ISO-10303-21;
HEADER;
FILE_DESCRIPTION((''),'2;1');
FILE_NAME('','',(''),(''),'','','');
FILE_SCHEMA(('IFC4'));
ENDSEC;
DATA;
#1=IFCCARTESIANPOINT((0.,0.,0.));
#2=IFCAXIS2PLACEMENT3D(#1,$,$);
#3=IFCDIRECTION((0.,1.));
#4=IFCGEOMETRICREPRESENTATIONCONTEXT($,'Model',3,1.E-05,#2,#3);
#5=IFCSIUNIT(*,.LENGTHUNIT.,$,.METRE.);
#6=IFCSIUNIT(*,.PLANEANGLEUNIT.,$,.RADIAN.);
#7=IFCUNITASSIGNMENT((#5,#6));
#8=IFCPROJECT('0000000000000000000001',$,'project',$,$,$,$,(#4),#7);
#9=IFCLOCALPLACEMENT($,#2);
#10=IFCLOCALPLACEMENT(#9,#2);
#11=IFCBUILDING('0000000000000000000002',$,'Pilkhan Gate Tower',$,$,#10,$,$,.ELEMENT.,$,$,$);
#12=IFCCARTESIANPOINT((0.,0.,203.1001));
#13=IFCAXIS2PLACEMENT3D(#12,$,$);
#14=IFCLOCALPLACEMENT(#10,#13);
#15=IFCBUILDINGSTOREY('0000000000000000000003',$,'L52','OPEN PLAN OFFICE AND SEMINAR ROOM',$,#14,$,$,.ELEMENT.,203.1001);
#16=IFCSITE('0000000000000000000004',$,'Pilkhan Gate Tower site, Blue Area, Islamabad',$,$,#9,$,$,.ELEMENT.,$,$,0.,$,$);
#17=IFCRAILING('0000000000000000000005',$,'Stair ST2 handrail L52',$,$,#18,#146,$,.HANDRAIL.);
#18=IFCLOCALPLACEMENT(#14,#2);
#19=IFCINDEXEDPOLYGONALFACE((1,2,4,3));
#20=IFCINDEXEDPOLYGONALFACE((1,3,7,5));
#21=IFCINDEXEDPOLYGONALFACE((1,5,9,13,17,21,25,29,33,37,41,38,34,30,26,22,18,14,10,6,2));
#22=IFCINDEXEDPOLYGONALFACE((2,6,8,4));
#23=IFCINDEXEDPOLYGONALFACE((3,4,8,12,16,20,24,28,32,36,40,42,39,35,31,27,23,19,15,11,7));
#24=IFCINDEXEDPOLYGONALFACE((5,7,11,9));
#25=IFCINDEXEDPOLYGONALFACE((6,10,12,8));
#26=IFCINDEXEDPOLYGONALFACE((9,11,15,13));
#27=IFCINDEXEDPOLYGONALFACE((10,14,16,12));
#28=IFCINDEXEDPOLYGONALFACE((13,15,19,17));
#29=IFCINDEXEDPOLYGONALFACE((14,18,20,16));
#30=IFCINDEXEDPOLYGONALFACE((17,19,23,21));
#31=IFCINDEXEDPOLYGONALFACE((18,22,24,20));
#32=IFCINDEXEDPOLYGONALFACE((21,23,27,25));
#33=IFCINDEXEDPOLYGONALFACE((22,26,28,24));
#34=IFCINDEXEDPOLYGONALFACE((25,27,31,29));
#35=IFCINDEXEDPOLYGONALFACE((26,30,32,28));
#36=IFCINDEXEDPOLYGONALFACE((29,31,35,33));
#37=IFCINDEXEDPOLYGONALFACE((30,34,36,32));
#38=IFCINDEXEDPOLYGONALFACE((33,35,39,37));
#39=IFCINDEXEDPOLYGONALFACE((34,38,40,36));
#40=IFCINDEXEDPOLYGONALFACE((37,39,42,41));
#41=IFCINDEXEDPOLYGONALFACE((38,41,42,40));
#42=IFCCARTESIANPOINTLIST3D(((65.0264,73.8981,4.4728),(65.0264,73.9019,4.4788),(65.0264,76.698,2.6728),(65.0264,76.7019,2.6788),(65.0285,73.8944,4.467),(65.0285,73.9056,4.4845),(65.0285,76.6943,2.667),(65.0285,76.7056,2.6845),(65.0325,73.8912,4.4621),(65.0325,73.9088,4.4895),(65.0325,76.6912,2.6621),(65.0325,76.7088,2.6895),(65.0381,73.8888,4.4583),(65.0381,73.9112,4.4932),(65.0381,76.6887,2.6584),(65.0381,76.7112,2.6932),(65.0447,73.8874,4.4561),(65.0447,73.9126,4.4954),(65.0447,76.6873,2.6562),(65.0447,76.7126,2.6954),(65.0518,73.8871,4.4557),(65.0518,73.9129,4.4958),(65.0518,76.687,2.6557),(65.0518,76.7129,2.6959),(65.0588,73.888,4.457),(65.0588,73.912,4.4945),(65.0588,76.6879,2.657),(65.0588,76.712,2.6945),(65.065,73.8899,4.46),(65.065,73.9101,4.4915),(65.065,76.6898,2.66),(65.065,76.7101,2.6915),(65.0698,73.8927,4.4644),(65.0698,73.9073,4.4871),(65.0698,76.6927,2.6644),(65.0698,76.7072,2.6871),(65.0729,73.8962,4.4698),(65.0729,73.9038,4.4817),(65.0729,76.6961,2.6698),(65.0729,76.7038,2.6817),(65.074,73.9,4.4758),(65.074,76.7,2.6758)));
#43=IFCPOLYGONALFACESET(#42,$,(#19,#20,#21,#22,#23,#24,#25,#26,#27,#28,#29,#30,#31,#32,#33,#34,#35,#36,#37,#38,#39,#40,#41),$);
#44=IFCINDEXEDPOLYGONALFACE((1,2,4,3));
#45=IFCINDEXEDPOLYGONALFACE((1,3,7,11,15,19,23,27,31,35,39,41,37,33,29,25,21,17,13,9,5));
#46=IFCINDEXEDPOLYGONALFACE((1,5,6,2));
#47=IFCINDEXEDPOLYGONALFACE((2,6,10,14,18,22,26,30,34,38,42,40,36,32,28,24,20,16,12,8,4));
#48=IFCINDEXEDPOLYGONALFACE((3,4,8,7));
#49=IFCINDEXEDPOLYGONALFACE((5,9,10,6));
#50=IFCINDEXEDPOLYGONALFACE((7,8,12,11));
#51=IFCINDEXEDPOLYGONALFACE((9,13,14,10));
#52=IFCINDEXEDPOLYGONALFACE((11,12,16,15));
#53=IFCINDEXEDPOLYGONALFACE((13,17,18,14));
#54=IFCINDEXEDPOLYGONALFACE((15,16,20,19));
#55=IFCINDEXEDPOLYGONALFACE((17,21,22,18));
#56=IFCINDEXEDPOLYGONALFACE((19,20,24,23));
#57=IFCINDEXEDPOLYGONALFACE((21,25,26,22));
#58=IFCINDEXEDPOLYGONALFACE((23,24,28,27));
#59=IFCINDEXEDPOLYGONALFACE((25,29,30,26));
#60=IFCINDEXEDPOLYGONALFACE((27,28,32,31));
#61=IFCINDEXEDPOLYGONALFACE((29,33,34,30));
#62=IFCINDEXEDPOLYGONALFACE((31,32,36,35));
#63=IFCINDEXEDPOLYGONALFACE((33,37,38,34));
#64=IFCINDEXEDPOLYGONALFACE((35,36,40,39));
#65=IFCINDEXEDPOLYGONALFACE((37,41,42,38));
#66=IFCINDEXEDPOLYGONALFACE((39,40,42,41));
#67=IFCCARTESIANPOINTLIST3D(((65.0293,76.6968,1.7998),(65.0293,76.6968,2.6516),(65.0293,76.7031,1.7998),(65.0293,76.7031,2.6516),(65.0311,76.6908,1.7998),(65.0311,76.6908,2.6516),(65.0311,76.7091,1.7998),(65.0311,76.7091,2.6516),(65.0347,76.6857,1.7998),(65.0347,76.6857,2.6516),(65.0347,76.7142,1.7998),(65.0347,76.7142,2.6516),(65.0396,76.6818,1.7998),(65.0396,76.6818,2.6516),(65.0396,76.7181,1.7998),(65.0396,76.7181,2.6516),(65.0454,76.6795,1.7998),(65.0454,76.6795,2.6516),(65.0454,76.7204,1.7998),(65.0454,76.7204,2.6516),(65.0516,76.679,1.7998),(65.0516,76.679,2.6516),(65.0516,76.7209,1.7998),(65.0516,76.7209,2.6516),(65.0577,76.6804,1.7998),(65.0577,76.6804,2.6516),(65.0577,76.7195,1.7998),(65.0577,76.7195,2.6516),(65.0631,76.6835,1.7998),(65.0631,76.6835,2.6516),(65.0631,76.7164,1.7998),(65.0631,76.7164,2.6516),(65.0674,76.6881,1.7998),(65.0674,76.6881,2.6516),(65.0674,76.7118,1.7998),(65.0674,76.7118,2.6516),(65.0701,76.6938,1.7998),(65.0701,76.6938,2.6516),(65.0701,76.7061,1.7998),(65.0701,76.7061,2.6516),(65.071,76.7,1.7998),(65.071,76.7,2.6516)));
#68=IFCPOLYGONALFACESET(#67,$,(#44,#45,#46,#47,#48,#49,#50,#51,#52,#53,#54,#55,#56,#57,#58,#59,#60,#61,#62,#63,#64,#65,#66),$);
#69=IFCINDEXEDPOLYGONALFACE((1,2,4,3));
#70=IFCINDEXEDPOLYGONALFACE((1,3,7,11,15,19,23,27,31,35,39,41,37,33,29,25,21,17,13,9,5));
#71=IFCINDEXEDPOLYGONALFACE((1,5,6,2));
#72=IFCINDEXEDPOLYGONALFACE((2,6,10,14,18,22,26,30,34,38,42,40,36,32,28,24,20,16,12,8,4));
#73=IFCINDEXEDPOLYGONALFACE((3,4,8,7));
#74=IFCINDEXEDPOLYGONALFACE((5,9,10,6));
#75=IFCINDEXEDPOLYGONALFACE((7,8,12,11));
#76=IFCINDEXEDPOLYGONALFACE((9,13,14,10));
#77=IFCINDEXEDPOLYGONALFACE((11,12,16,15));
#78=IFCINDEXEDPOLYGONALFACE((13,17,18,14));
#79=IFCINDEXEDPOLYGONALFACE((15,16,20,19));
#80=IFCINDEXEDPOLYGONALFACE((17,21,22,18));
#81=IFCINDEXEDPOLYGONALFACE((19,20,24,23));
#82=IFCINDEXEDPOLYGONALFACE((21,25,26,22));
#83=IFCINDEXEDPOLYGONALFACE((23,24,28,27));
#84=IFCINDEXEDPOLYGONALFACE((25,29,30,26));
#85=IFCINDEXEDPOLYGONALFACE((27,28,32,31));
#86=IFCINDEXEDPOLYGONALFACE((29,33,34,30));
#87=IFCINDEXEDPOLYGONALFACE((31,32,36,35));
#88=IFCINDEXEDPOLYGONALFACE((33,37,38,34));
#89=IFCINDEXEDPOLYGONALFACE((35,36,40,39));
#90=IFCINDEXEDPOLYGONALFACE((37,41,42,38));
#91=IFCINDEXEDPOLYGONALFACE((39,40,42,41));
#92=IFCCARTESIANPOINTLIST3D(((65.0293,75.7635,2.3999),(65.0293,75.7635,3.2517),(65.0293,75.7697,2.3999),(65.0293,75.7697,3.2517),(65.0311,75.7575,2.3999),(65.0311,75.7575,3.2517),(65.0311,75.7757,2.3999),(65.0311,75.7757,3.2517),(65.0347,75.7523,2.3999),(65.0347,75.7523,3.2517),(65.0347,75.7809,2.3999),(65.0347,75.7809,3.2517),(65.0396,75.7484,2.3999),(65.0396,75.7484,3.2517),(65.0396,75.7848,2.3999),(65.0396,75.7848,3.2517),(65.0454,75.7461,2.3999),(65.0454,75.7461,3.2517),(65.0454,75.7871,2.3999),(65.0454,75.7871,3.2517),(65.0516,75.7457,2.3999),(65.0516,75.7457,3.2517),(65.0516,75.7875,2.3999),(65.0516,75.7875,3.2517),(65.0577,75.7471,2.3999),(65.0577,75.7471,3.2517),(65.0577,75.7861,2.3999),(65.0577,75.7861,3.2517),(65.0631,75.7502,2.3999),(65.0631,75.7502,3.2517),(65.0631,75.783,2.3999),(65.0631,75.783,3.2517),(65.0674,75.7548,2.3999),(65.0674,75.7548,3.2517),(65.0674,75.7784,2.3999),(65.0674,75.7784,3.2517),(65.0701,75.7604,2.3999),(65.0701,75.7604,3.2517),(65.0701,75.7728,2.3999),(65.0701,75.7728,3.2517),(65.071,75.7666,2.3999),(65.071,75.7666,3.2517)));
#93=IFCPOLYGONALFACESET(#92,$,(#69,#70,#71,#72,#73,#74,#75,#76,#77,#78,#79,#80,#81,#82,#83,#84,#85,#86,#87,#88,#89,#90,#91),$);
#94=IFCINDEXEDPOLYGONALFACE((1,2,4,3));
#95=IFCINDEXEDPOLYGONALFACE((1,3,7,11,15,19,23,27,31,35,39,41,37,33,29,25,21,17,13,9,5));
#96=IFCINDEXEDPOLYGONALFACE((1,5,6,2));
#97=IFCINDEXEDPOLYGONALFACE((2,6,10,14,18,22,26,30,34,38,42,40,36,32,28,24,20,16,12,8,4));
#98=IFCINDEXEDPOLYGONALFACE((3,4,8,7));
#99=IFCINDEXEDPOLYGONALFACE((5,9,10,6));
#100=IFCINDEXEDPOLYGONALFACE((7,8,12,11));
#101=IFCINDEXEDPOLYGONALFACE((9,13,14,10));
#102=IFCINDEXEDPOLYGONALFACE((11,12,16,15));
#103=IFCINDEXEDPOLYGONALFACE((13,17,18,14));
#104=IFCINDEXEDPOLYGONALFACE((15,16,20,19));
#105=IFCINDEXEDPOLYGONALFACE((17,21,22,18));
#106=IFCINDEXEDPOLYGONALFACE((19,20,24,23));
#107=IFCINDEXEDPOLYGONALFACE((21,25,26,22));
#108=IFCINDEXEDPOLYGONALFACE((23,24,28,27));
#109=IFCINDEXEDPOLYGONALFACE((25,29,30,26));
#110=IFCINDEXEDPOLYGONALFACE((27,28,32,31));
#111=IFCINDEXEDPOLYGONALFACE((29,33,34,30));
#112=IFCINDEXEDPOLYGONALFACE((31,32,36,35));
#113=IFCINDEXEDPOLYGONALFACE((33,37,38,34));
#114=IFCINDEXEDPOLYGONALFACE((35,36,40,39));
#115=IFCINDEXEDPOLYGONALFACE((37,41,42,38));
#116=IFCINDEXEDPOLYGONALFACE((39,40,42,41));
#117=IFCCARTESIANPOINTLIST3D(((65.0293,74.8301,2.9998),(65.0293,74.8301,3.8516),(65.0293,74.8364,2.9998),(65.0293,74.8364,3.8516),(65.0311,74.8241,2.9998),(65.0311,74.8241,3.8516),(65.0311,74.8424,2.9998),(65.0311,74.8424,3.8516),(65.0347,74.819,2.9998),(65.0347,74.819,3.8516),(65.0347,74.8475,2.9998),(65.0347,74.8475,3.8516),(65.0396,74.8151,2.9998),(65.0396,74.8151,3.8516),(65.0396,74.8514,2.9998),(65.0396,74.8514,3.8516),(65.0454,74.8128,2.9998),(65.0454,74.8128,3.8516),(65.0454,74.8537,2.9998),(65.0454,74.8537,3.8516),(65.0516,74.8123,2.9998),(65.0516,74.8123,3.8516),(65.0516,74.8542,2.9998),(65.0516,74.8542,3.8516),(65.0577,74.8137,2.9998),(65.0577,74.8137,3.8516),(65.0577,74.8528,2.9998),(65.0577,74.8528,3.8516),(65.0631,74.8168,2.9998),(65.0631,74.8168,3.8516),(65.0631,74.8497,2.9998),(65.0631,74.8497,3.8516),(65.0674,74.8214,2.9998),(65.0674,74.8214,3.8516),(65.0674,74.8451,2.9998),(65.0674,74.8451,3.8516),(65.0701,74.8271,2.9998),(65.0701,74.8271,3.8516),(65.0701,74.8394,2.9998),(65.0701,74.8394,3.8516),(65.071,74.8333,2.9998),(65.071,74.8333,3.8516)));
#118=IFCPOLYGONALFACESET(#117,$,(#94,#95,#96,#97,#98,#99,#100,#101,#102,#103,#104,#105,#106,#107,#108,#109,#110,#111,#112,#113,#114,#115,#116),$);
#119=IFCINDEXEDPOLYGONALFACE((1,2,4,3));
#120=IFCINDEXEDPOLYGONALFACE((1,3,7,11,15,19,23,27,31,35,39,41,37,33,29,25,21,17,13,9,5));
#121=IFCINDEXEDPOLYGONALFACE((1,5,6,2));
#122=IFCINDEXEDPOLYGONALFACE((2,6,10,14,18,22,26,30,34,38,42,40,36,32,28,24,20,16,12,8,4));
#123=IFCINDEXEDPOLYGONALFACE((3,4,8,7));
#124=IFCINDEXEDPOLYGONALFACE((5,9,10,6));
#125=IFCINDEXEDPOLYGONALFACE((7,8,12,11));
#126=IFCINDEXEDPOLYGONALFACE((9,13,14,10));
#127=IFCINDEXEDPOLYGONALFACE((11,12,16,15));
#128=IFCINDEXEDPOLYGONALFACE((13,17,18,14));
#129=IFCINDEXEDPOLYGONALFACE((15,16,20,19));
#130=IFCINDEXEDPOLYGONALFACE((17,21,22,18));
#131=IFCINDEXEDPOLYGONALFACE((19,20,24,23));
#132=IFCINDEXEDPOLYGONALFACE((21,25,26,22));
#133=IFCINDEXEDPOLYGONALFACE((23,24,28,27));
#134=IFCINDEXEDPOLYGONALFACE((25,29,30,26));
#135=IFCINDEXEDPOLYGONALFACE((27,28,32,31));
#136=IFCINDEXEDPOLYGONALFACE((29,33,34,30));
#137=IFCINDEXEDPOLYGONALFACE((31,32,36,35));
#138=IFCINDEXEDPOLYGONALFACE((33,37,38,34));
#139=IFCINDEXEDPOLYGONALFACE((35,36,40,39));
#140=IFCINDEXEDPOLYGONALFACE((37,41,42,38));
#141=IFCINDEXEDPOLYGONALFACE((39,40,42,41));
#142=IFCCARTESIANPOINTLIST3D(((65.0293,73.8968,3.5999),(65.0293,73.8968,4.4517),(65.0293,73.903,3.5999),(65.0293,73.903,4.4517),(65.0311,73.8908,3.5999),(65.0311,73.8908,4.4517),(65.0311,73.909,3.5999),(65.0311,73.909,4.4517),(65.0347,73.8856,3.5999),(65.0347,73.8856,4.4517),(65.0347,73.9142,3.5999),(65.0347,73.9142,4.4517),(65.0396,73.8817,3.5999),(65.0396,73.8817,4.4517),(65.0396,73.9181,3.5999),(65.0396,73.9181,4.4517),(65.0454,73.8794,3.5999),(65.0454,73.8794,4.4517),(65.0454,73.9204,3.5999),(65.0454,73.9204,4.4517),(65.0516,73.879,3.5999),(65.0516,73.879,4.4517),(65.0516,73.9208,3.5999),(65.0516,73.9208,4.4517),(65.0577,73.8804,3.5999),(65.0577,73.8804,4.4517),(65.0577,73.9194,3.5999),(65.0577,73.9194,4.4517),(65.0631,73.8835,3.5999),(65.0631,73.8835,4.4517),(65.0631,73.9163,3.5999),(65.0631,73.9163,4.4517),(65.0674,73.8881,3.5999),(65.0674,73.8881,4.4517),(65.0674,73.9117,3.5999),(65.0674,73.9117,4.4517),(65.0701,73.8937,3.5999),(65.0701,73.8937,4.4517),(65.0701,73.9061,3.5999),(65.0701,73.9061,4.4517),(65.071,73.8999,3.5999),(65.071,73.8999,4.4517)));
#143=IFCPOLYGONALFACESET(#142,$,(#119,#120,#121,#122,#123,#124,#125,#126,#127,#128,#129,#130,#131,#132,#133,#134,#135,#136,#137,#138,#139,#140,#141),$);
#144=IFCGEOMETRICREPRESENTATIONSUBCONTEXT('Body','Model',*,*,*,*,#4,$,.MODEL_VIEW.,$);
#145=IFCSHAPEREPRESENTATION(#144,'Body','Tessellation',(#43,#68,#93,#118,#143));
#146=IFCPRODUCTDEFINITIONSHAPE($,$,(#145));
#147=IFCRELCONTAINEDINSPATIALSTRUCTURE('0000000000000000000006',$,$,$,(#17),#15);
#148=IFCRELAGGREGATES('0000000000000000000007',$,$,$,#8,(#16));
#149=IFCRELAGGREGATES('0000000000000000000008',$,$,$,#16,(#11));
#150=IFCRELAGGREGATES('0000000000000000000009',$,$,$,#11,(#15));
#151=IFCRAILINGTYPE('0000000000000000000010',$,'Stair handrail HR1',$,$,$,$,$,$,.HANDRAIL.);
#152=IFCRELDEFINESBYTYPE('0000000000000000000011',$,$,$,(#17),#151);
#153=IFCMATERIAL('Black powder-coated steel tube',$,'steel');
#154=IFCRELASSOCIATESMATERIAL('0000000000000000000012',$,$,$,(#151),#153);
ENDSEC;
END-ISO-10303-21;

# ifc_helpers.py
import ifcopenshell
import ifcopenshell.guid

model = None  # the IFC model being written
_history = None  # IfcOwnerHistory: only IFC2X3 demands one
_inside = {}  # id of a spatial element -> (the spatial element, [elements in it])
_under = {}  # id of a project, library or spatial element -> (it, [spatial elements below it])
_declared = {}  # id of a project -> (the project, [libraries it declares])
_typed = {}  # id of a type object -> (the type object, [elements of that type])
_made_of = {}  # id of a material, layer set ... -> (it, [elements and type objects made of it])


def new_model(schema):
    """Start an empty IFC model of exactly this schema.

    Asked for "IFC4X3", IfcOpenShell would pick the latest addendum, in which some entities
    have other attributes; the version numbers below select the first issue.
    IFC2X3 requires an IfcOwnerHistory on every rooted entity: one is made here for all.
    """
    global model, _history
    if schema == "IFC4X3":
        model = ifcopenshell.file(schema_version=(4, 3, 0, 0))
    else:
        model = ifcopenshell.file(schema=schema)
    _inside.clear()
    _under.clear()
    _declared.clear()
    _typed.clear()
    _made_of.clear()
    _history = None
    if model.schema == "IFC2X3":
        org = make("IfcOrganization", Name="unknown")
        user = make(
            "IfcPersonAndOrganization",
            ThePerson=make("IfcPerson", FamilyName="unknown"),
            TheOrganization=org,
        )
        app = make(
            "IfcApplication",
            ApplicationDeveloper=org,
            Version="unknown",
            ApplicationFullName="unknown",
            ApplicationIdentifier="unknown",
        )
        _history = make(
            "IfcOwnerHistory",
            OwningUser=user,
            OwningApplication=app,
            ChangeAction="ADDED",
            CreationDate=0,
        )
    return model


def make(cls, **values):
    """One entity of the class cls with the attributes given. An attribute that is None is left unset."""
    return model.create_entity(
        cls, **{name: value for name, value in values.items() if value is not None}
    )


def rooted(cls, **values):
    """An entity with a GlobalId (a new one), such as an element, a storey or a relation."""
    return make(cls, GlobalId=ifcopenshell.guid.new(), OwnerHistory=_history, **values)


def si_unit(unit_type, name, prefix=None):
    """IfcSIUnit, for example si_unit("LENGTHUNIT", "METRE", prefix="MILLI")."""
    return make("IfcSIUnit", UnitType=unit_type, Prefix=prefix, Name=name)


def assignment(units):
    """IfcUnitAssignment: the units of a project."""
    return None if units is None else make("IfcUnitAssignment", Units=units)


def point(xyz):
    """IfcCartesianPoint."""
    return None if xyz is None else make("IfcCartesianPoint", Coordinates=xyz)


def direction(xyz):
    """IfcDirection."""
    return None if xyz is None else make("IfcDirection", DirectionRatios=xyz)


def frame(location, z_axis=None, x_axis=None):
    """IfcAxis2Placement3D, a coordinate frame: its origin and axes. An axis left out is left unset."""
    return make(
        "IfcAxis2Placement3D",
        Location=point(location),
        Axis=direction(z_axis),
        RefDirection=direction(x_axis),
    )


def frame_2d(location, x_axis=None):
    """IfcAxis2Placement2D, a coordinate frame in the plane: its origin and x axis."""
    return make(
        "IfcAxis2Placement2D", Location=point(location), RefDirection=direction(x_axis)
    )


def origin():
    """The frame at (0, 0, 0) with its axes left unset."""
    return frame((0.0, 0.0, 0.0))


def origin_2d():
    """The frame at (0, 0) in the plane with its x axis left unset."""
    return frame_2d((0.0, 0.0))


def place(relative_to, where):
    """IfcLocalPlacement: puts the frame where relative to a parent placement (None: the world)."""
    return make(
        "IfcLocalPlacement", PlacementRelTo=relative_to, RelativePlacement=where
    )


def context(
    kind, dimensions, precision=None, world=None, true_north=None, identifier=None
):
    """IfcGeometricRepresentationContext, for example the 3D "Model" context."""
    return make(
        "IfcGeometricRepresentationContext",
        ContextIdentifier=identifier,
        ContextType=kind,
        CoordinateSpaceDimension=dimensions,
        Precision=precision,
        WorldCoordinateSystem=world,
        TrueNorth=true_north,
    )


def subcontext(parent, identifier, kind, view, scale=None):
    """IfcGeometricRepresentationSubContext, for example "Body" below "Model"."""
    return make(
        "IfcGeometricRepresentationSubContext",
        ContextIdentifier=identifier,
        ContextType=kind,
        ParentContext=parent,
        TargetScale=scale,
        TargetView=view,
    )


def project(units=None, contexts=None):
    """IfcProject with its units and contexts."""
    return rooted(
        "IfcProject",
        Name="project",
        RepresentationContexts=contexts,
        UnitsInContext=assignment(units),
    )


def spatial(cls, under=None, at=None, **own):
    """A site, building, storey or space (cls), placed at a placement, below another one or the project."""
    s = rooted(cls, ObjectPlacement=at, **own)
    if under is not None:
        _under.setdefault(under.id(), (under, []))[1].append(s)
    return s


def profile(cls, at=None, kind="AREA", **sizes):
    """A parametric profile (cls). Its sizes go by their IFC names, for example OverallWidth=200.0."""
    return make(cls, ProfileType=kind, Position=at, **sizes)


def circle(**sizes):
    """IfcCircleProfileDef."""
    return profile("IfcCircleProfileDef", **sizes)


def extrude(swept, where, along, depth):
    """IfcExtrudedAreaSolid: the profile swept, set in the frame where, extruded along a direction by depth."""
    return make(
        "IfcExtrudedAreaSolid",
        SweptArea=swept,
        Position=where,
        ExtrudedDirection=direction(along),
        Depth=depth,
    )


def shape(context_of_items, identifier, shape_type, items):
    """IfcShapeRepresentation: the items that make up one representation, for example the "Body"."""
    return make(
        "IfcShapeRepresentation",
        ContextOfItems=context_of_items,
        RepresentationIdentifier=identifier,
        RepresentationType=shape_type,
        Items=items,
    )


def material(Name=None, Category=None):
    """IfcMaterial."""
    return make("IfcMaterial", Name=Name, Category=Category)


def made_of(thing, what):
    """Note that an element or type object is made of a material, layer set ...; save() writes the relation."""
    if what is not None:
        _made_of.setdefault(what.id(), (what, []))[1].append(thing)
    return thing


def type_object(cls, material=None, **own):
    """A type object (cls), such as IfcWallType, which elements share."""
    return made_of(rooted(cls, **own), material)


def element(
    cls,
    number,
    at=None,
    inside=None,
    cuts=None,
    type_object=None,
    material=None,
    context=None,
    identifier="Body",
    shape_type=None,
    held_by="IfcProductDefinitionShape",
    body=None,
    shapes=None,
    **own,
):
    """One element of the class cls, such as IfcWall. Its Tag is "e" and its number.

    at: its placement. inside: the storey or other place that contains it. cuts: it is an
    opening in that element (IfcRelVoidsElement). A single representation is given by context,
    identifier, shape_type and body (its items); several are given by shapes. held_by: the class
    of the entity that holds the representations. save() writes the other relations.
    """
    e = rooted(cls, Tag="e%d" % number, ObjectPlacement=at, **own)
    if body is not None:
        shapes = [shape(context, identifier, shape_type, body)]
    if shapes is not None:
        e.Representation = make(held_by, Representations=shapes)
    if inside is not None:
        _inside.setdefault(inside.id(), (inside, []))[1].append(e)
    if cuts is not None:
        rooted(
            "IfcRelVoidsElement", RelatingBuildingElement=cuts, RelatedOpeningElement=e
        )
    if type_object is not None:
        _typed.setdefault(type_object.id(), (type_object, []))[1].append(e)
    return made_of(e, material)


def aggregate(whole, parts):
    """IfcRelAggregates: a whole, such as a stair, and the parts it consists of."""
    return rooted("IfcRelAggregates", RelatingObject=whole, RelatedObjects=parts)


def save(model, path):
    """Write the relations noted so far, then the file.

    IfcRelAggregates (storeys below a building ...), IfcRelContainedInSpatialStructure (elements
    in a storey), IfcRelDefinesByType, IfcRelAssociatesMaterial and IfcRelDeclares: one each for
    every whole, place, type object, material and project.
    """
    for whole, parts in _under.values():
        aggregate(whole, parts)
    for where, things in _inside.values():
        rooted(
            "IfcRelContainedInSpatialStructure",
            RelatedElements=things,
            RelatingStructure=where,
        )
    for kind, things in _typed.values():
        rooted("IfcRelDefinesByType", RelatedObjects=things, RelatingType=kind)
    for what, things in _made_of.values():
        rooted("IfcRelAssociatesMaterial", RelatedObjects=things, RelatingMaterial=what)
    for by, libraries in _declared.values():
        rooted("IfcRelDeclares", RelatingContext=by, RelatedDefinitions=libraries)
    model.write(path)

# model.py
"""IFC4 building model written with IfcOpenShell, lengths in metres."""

from ifc_helpers import new_model, si_unit, direction, frame, origin, origin_2d, place, context, subcontext, project, spatial, circle, extrude, material, type_object, element, save


model = new_model("IFC4")

# Units and contexts
model_context = context("Model", 3, precision=1e-05, world=origin(), true_north=direction((0.0, 1.0)))
body_context = subcontext(model_context, "Body", "Model", "MODEL_VIEW")
ifc_project = project(units=[si_unit("LENGTHUNIT", "METRE"), si_unit("PLANEANGLEUNIT", "RADIAN")], contexts=[model_context])

# Site, building, storey
site_placement = place(None, origin())
site = spatial("IfcSite", under=ifc_project, at=site_placement, Name="Pilkhan Gate Tower site, Blue Area, Islamabad", CompositionType="ELEMENT", RefElevation=0.0)
building_placement = place(site_placement, origin())
building = spatial("IfcBuilding", under=site, at=building_placement, Name="Pilkhan Gate Tower", CompositionType="ELEMENT")
storey_placement = place(building_placement, frame((0.0, 0.0, 203.1001)))
storey = spatial("IfcBuildingStorey", under=building, at=storey_placement, Name="L52", Description="OPEN PLAN OFFICE AND SEMINAR ROOM", CompositionType="ELEMENT", Elevation=203.1001)

# Railing
ifc_material_1 = material(Name="Black powder-coated steel tube", Category="steel")
railing_type = type_object("IfcRailingType", Name="Stair handrail HR1", PredefinedType="HANDRAIL", material=ifc_material_1)
railing_placement = place(storey_placement, frame((65.05, 76.7, 1.7998)))
element("IfcRailing", 1, at=railing_placement, inside=storey, type_object=railing_type, Name="Stair ST2 handrail L52", PredefinedType="HANDRAIL", context=body_context, shape_type="SweptSolid", body=[
    extrude(circle(Radius=0.0239, at=origin_2d()), frame((0.0, 0.0, 0.876), z_axis=(0.0, -0.841176, 0.540761), x_axis=(1.0, 0.0, 0.0)), (0.0, 0.0, 1.0), 3.3286),
    extrude(circle(Radius=0.021, at=origin_2d()), origin(), (0.0, 0.0, 1.0), 0.8518),
    extrude(circle(Radius=0.021, at=origin_2d()), frame((0.0, -0.9333, 0.6001)), (0.0, 0.0, 1.0), 0.8518),
    extrude(circle(Radius=0.021, at=origin_2d()), frame((0.0, -1.8667, 1.2)), (0.0, 0.0, 1.0), 0.8518),
    extrude(circle(Radius=0.021, at=origin_2d()), frame((0.0, -2.8, 1.8)), (0.0, 0.0, 1.0), 0.8518),
])

save(model, "model.ifc")
